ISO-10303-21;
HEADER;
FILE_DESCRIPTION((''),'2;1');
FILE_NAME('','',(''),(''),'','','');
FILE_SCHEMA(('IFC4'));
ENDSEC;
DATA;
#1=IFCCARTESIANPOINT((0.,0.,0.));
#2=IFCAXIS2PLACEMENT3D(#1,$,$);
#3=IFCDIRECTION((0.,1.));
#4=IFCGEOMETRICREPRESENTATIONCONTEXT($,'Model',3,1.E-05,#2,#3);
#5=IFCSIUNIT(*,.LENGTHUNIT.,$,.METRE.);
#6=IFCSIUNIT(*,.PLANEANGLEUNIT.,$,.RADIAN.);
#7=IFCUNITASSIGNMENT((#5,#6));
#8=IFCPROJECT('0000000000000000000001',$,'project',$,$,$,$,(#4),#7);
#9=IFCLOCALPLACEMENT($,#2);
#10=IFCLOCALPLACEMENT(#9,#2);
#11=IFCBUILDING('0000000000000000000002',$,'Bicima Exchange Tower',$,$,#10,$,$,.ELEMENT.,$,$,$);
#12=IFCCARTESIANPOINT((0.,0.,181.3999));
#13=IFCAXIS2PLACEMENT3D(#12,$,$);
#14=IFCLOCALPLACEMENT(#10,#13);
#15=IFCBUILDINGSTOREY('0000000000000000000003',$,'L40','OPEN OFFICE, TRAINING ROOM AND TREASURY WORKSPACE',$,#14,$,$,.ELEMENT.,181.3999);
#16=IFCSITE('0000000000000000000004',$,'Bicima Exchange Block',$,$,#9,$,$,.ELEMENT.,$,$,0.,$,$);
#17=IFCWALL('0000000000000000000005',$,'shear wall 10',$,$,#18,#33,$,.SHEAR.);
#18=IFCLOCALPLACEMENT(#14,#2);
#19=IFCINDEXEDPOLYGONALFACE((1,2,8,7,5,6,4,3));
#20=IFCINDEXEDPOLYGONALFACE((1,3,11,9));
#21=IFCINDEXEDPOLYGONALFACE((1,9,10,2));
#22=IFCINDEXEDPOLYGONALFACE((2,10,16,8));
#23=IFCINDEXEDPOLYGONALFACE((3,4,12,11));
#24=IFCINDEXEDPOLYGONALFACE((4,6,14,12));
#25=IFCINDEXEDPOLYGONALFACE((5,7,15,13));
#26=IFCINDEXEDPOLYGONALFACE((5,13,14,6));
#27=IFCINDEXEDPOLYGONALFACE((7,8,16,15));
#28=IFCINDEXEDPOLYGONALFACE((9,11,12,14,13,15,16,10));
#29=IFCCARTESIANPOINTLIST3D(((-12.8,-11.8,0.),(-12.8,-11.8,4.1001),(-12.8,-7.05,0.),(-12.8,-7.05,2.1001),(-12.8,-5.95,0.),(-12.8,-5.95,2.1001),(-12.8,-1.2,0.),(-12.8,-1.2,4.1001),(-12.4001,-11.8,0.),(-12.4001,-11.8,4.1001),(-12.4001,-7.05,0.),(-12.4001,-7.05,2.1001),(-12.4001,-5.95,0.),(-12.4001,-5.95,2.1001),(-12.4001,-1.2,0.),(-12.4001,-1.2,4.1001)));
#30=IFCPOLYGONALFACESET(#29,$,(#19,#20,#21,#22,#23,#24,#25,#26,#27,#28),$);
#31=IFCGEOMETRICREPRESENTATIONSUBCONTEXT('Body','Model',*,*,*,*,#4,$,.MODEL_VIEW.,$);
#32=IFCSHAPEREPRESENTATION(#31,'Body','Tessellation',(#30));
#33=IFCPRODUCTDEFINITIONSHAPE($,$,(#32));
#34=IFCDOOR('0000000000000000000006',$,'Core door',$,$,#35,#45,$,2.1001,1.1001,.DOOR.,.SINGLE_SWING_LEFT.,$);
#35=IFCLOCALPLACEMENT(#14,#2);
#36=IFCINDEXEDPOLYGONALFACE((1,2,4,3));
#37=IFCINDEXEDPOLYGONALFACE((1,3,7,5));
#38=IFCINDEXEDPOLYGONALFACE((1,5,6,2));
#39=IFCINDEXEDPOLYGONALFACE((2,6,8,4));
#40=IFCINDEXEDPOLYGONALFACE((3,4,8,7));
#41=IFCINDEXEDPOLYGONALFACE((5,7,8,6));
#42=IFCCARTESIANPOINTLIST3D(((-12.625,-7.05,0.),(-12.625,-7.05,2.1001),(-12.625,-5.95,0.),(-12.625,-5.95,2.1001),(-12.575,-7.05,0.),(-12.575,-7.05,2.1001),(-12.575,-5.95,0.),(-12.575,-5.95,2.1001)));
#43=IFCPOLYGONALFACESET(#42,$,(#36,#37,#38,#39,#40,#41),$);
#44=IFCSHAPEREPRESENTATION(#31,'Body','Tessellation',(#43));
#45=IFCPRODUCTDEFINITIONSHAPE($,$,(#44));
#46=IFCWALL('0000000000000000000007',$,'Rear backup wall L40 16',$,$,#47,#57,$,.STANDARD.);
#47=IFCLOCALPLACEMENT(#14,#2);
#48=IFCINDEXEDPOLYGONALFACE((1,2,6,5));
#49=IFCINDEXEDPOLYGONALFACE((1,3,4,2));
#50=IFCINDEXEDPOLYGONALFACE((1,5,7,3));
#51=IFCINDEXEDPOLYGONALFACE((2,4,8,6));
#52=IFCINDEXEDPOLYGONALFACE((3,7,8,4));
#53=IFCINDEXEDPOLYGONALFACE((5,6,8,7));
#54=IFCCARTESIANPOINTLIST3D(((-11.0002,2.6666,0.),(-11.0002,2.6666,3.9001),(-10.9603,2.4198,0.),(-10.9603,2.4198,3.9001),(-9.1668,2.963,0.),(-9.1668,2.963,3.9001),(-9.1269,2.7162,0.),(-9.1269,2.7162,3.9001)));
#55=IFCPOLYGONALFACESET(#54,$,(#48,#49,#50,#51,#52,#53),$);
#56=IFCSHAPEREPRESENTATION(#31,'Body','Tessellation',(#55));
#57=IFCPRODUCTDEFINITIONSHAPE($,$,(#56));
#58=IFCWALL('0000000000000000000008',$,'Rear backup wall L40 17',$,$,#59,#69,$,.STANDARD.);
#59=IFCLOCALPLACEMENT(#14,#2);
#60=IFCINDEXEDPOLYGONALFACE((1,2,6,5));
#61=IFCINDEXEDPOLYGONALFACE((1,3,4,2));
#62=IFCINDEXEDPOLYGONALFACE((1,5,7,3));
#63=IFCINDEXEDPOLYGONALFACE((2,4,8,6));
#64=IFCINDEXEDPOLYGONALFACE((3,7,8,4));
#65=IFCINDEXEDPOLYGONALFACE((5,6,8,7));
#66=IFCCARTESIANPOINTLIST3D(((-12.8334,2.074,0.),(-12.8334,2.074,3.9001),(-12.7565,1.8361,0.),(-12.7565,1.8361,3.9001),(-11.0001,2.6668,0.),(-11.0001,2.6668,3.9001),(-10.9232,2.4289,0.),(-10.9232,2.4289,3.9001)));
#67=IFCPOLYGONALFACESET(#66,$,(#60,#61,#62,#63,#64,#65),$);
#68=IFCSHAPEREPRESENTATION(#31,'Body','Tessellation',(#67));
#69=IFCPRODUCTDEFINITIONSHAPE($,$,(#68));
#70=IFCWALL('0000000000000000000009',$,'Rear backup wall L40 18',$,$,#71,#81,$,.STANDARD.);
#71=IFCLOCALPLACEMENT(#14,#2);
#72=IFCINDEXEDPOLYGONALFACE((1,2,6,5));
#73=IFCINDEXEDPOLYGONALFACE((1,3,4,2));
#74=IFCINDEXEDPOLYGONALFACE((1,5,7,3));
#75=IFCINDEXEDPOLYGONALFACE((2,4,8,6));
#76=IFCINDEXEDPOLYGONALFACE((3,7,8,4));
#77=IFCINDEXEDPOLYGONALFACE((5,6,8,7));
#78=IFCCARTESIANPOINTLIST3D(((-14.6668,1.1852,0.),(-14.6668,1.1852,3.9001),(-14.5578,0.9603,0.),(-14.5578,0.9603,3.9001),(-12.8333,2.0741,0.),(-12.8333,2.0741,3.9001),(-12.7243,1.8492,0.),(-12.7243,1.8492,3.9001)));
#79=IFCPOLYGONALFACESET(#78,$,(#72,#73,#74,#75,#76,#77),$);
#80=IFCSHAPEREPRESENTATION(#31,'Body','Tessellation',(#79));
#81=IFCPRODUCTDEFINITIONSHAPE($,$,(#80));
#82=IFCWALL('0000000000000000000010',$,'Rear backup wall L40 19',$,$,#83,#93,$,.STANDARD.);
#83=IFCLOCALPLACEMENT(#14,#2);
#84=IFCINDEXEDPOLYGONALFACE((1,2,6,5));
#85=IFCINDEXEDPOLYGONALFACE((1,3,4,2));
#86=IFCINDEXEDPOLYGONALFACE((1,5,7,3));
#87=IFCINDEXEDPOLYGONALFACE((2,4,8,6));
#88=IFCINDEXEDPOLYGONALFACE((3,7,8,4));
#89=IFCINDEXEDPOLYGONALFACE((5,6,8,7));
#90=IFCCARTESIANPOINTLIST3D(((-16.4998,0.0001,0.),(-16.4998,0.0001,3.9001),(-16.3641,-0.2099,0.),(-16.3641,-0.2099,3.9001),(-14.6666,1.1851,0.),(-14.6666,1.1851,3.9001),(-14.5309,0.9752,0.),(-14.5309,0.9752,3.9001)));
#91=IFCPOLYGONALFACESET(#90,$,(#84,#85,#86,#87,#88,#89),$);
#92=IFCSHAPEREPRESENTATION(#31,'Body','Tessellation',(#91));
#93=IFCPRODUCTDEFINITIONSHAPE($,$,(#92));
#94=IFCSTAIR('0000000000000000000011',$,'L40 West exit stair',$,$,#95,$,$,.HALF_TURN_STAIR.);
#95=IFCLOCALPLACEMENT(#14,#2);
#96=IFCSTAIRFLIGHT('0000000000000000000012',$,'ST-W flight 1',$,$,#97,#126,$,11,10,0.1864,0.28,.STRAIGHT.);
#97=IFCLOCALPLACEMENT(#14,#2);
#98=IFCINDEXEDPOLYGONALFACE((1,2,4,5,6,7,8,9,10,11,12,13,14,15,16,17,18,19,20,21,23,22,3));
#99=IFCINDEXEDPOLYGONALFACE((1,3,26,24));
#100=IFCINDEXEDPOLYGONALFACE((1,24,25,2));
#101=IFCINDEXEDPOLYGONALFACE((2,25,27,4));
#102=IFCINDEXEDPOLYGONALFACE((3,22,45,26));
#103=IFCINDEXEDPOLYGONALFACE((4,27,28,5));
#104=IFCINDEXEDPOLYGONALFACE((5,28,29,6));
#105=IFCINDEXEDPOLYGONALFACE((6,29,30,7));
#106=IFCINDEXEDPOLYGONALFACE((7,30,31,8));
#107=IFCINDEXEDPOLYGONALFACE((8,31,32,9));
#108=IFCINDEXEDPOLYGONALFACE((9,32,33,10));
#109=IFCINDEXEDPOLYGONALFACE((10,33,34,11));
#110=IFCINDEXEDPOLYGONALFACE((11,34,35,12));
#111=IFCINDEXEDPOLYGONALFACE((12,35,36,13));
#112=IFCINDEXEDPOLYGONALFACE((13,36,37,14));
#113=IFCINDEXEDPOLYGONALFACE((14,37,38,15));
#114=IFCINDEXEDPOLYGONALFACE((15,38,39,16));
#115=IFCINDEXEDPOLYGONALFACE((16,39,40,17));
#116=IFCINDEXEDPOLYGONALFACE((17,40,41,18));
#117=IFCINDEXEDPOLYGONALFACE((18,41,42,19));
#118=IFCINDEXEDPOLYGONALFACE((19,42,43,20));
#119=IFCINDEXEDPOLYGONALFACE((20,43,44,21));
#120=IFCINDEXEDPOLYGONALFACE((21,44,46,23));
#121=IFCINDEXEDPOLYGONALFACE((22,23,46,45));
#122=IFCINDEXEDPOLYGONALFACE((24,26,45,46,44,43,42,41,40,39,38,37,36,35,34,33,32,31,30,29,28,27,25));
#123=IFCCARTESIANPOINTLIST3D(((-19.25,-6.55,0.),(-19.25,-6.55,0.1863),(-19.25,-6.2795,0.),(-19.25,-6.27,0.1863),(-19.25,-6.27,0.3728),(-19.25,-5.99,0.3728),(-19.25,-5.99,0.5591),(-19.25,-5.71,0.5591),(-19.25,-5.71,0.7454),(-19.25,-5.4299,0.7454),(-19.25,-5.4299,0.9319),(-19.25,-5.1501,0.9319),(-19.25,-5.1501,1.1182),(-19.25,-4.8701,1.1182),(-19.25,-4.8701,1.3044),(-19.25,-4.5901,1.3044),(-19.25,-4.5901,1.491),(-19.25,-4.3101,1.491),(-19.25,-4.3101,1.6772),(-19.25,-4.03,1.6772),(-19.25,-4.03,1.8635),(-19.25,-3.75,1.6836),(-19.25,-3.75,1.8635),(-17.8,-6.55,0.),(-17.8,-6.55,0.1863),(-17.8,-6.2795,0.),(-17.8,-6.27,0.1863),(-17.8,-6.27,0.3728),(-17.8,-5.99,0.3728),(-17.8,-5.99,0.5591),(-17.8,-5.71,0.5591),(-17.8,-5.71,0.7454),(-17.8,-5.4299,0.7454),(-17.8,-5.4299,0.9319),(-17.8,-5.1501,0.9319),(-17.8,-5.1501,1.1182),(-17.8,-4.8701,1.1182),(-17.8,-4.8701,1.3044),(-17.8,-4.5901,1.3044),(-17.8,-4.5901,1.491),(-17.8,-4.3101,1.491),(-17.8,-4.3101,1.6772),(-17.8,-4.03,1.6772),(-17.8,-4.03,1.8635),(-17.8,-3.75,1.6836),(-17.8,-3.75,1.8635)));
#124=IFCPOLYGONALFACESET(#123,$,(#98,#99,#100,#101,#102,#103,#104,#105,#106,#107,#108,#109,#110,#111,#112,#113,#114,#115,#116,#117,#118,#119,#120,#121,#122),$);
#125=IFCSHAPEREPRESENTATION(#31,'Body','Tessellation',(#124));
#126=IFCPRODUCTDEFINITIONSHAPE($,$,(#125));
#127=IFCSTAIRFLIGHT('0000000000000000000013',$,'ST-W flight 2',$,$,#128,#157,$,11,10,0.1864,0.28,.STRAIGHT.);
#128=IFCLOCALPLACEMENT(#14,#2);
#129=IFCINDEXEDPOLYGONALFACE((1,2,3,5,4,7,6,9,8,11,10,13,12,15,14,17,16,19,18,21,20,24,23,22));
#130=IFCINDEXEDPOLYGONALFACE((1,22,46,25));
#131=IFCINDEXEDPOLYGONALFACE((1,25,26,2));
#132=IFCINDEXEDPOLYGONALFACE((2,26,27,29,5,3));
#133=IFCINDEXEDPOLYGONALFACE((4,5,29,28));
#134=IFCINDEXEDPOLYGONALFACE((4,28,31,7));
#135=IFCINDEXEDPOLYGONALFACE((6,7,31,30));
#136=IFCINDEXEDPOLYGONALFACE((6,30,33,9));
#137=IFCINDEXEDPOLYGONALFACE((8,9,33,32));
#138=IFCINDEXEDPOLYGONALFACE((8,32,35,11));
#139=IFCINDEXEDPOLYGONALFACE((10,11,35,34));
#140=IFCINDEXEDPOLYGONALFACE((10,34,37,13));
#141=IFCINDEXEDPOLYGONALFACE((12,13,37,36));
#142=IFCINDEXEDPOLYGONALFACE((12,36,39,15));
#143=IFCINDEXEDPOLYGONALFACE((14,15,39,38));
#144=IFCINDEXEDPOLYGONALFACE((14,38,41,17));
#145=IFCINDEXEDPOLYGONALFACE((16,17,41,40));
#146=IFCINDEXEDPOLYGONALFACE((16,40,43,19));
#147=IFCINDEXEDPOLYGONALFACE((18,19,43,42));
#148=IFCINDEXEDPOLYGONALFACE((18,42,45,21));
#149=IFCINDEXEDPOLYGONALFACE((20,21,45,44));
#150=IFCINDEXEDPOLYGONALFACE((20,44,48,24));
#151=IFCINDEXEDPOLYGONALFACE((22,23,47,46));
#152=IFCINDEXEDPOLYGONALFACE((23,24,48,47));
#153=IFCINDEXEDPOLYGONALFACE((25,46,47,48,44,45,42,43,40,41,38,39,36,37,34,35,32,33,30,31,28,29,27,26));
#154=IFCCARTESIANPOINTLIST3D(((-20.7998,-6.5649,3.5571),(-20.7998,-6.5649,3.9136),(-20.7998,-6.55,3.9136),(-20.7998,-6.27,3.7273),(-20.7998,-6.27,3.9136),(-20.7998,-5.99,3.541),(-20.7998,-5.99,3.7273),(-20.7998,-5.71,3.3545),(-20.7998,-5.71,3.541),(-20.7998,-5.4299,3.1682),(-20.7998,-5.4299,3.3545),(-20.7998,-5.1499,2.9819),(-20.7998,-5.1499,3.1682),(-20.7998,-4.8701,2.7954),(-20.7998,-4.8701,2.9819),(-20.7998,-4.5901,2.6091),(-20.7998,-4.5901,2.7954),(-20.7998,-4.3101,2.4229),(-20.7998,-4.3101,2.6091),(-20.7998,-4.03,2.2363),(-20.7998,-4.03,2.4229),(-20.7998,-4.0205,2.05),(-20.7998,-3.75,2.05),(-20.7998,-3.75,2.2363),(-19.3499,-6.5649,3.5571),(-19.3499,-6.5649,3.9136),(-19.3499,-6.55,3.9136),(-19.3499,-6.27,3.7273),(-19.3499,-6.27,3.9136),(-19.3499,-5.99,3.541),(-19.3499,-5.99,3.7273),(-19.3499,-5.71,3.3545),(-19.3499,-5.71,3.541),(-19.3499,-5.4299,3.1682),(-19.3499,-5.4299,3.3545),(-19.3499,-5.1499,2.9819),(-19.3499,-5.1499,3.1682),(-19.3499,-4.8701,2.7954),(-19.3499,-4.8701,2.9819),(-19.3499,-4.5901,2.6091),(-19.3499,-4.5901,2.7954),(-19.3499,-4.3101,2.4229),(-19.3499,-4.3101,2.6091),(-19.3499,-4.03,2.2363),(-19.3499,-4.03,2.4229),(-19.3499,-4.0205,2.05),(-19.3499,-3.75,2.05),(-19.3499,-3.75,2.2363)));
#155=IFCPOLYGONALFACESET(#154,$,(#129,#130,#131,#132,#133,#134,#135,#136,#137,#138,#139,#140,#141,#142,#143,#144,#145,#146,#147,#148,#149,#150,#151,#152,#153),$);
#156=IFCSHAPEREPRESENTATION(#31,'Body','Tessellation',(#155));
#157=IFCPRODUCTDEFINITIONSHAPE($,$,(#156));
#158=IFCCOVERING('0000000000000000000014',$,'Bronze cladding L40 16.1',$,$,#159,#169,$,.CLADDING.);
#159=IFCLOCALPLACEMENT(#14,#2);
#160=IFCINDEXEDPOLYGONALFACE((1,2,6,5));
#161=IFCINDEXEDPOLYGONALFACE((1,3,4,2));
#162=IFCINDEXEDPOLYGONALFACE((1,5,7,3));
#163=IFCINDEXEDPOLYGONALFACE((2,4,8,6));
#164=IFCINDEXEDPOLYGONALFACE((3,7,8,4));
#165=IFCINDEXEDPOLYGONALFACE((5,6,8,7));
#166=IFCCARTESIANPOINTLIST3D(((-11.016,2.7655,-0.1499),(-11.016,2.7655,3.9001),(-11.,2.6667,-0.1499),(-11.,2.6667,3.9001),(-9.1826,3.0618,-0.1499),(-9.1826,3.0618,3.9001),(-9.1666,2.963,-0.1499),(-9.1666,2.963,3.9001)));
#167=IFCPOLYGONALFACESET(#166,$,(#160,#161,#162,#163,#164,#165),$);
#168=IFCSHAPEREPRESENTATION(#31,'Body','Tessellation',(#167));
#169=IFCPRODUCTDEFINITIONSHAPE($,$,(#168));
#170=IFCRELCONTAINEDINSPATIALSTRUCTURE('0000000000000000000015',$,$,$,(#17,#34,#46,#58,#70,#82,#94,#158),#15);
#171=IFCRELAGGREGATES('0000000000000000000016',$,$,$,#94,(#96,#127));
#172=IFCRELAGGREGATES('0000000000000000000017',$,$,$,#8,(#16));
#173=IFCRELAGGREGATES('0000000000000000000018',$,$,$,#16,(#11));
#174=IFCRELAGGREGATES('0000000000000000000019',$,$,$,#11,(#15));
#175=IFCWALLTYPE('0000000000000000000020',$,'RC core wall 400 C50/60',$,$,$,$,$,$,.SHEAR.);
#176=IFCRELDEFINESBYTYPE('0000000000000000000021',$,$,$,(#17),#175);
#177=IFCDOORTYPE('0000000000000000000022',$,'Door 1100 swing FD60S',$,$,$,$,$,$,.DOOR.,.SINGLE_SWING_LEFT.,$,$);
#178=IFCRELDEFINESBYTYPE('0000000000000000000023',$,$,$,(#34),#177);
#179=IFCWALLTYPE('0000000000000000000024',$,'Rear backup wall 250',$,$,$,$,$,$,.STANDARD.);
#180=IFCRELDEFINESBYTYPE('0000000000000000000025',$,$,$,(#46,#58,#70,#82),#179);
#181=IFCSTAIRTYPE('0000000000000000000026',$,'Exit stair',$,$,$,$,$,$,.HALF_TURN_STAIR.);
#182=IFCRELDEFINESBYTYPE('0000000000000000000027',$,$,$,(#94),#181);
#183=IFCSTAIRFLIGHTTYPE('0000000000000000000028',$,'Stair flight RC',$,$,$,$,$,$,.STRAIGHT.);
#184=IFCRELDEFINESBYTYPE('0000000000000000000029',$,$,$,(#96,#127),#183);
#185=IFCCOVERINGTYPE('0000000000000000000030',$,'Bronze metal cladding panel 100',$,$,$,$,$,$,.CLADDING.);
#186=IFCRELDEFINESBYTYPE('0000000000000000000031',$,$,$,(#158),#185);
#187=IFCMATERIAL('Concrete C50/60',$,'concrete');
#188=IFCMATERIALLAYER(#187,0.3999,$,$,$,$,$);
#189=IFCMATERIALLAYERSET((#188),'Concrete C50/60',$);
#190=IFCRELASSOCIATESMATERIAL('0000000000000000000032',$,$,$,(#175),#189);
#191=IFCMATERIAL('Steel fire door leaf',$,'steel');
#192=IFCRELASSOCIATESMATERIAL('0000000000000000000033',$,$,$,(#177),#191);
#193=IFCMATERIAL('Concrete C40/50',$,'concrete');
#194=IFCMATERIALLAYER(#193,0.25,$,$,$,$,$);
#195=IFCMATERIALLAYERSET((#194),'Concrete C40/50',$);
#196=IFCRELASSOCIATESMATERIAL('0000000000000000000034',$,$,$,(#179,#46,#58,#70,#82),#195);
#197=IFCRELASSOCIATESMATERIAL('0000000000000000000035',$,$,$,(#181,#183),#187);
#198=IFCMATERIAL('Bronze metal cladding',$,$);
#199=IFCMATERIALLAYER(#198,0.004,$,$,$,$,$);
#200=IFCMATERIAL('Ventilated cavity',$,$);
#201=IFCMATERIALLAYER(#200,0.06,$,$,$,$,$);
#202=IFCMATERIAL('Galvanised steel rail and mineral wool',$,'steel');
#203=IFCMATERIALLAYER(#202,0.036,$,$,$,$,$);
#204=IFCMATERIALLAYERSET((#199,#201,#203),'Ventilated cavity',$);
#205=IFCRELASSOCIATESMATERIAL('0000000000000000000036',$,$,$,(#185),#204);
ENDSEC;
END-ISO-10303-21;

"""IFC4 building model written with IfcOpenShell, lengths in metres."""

from ifc_helpers import new_model, si_unit, direction, frame, frame_2d, origin, origin_2d, place, context, subcontext, project, spatial, polyline, rectangle, outline, extrude, material, layer, layer_set, layer_usage, type_object, element, fill, aggregate, save


model = new_model("IFC4")

# Units and contexts
model_context = context("Model", 3, precision=1e-05, world=origin(), true_north=direction((0.0, 1.0)))
body_context = subcontext(model_context, "Body", "Model", "MODEL_VIEW")
ifc_project = project(units=[si_unit("LENGTHUNIT", "METRE"), si_unit("PLANEANGLEUNIT", "RADIAN")], contexts=[model_context])

# Site, building, storey
site_placement = place(None, origin())
site = spatial("IfcSite", under=ifc_project, at=site_placement, Name="Bicima Exchange Block", CompositionType="ELEMENT", RefElevation=0.0)
building_placement = place(site_placement, origin())
building = spatial("IfcBuilding", under=site, at=building_placement, Name="Bicima Exchange Tower", CompositionType="ELEMENT")
storey_placement = place(building_placement, frame((0.0, 0.0, 181.3999)))
storey = spatial("IfcBuildingStorey", under=building, at=storey_placement, Name="L40", Description="OPEN OFFICE, TRAINING ROOM AND TREASURY WORKSPACE", CompositionType="ELEMENT", Elevation=181.3999)

# Shared definitions
ifc_material_1 = material(Name="Concrete C50/60", Category="concrete")
ifc_layer_1 = layer(ifc_material_1, 0.3999)
ifc_layer_set_1 = layer_set([ifc_layer_1], Name="Concrete C50/60")
wall_type_1 = type_object("IfcWallType", Name="RC core wall 400 C50/60", PredefinedType="SHEAR", material=ifc_layer_set_1)
ifc_material_2 = material(Name="Steel fire door leaf", Category="steel")
door_type_1 = type_object("IfcDoorType", Name="Door 1100 swing FD60S", OperationType="SINGLE_SWING_LEFT", PredefinedType="DOOR", material=ifc_material_2)

# Wall, opening, door
wall_1_placement = place(storey_placement, frame((-12.6001, -11.8, 0.0), z_axis=(0.0, 0.0, 1.0), x_axis=(0.0, 1.0, 0.0)))
wall_1 = element("IfcWall", 1, at=wall_1_placement, inside=storey, type_object=wall_type_1, Name="shear wall 10", PredefinedType="SHEAR", context=body_context, shape_type="SweptSolid", body=[
    extrude(rectangle(XDim=10.6001, YDim=0.3999, at=frame_2d((5.3, 0.0))), origin(), (0.0, 0.0, 1.0), 4.1001),
])
opening_1_placement = place(wall_1_placement, frame((4.75, 0.0, 0.0)))
opening_1 = element("IfcOpeningElement", 2, at=opening_1_placement, cuts=wall_1, PredefinedType="OPENING", context=body_context, shape_type="SweptSolid", body=[
    extrude(rectangle(XDim=1.1001, YDim=2.1001, at=frame_2d((0.55, 1.05))), frame((0.0, 0.2119, 0.0), z_axis=(0.0, -1.0, 0.0), x_axis=(1.0, 0.0, 0.0)), (0.0, 0.0, 1.0), 0.4238),
])
door_1_placement = place(opening_1_placement, origin())
door_1 = element("IfcDoor", 3, at=door_1_placement, inside=storey, type_object=door_type_1, Name="Core door", OperationType="SINGLE_SWING_LEFT", OverallHeight=2.1001, OverallWidth=1.1001, PredefinedType="DOOR", context=body_context, shape_type="SweptSolid", body=[
    extrude(rectangle(XDim=1.1001, YDim=2.1001, at=frame_2d((0.55, 1.05))), frame((0.0, 0.0249, 0.0), z_axis=(0.0, -1.0, 0.0), x_axis=(1.0, 0.0, 0.0)), (0.0, 0.0, 1.0), 0.05),
])
fill(opening_1, door_1)

# Walls
ifc_material_3 = material(Name="Concrete C40/50", Category="concrete")
ifc_layer_2 = layer(ifc_material_3, 0.25)
ifc_layer_set_2 = layer_set([ifc_layer_2], Name="Concrete C40/50")
ifc_layer_usage = layer_usage(ifc_layer_set_2, "AXIS2", "POSITIVE", -0.125)
wall_type_2 = type_object("IfcWallType", Name="Rear backup wall 250", PredefinedType="STANDARD", material=ifc_layer_set_2)
wall_2_placement = place(storey_placement, frame((-9.1467, 2.8396, 0.0), z_axis=(0.0, 0.0, 1.0), x_axis=(-0.987182, -0.1596, 0.0)))
element("IfcWall", 4, at=wall_2_placement, inside=storey, type_object=wall_type_2, material=ifc_layer_usage, Name="Rear backup wall L40 16", PredefinedType="STANDARD", context=body_context, shape_type="SweptSolid", body=[
    extrude(rectangle(XDim=1.8572, YDim=0.25, at=frame_2d((0.9287, 0.0))), origin(), (0.0, 0.0, 1.0), 3.9001),
])
wall_3_placement = place(storey_placement, frame((-10.9617, 2.5479, 0.0), z_axis=(0.0, 0.0, 1.0), x_axis=(-0.951496, -0.307662, 0.0)))
element("IfcWall", 5, at=wall_3_placement, inside=storey, type_object=wall_type_2, material=ifc_layer_usage, Name="Rear backup wall L40 17", PredefinedType="STANDARD", context=body_context, shape_type="SweptSolid", body=[
    extrude(rectangle(XDim=1.9268, YDim=0.25, at=frame_2d((0.9634, 0.0))), origin(), (0.0, 0.0, 1.0), 3.9001),
])
wall_4_placement = place(storey_placement, frame((-12.7788, 1.9617, 0.0), z_axis=(0.0, 0.0, 1.0), x_axis=(-0.899824, -0.436253, 0.0)))
element("IfcWall", 6, at=wall_4_placement, inside=storey, type_object=wall_type_2, material=ifc_layer_usage, Name="Rear backup wall L40 18", PredefinedType="STANDARD", context=body_context, shape_type="SweptSolid", body=[
    extrude(rectangle(XDim=2.0376, YDim=0.25, at=frame_2d((1.0188, 0.0))), origin(), (0.0, 0.0, 1.0), 3.9001),
])
wall_5_placement = place(storey_placement, frame((-14.5989, 1.0801, 0.0), z_axis=(0.0, 0.0, 1.0), x_axis=(-0.839813, -0.542876, 0.0)))
element("IfcWall", 7, at=wall_5_placement, inside=storey, type_object=wall_type_2, material=ifc_layer_usage, Name="Rear backup wall L40 19", PredefinedType="STANDARD", context=body_context, shape_type="SweptSolid", body=[
    extrude(rectangle(XDim=2.1829, YDim=0.25, at=frame_2d((1.0913, 0.0))), origin(), (0.0, 0.0, 1.0), 3.9001),
])

# Stair, stair flights
stair_type = type_object("IfcStairType", Name="Exit stair", PredefinedType="HALF_TURN_STAIR", material=ifc_material_1)
stair_placement = place(storey_placement, origin())
stair = element("IfcStair", 8, at=stair_placement, inside=storey, type_object=stair_type, Name="L40 West exit stair", PredefinedType="HALF_TURN_STAIR")
stair_flight_type = type_object("IfcStairFlightType", Name="Stair flight RC", PredefinedType="STRAIGHT", material=ifc_material_1)
stair_flight_1_placement = place(storey_placement, frame((-18.5249, -6.55, 0.0), z_axis=(0.0, 0.0, 1.0), x_axis=(0.0, 1.0, 0.0)))
stair_flight_1 = element("IfcStairFlight", 9, at=stair_flight_1_placement, type_object=stair_flight_type, Name="ST-W flight 1", NumberOfRisers=11, NumberOfTreads=10, PredefinedType="STRAIGHT", RiserHeight=0.1864, TreadLength=0.28, context=body_context, shape_type="SweptSolid", body=[
    extrude(outline(polyline([(0.0, 0.0), (0.0, 0.1863), (0.28, 0.1863), (0.28, 0.3728), (0.5601, 0.3728), (0.5601, 0.5591), (0.8401, 0.5591), (0.8401, 0.7454), (1.1201, 0.7454), (1.1201, 0.9319), (1.3999, 0.9319), (1.3999, 1.1182), (1.6799, 1.1182), (1.6799, 1.3044), (1.96, 1.3044), (1.96, 1.491), (2.24, 1.491), (2.24, 1.6772), (2.52, 1.6772), (2.52, 1.8635), (2.8, 1.8635), (2.8, 2.05), (2.8, 1.6836), (0.2705, 0.0), (0.0, 0.0)])), frame((0.0, 0.7251, 0.0), z_axis=(0.0, -1.0, 0.0), x_axis=(1.0, 0.0, 0.0)), (0.0, 0.0, 1.0), 1.45),
])
stair_flight_2_placement = place(storey_placement, frame((-20.075, -3.75, 2.05), z_axis=(0.0, 0.0, 1.0), x_axis=(0.0, -1.0, 0.0)))
stair_flight_2 = element("IfcStairFlight", 10, at=stair_flight_2_placement, type_object=stair_flight_type, Name="ST-W flight 2", NumberOfRisers=11, NumberOfTreads=10, PredefinedType="STRAIGHT", RiserHeight=0.1864, TreadLength=0.28, context=body_context, shape_type="SweptSolid", body=[
    extrude(outline(polyline([(0.0, 0.0), (0.0, 0.1863), (0.28, 0.1863), (0.28, 0.3728), (0.5601, 0.3728), (0.5601, 0.5591), (0.8401, 0.5591), (0.8401, 0.7454), (1.1201, 0.7454), (1.1201, 0.9319), (1.3999, 0.9319), (1.3999, 1.1182), (1.6799, 1.1182), (1.6799, 1.3044), (1.96, 1.3044), (1.96, 1.491), (2.24, 1.491), (2.24, 1.6772), (2.52, 1.6772), (2.52, 1.8635), (2.8, 1.8635), (2.8149, 1.8635), (2.8149, 1.5071), (0.2705, 0.0), (0.0, 0.0)])), frame((0.0, 0.7251, 0.0), z_axis=(0.0, -1.0, 0.0), x_axis=(1.0, 0.0, 0.0)), (0.0, 0.0, 1.0), 1.45),
])
aggregate(stair, [stair_flight_1, stair_flight_2])

# Covering
ifc_material_4 = material(Name="Bronze metal cladding")
ifc_layer_3 = layer(ifc_material_4, 0.004)
ifc_material_5 = material(Name="Ventilated cavity")
ifc_layer_4 = layer(ifc_material_5, 0.06)
ifc_material_6 = material(Name="Galvanised steel rail and mineral wool", Category="steel")
ifc_layer_5 = layer(ifc_material_6, 0.036)
ifc_layer_set_3 = layer_set([ifc_layer_3, ifc_layer_4, ifc_layer_5], Name="Ventilated cavity")
covering_type = type_object("IfcCoveringType", Name="Bronze metal cladding panel 100", PredefinedType="CLADDING", material=ifc_layer_set_3)
covering_1_placement = place(storey_placement, frame((-10.0913, 2.8643, -0.1499), z_axis=(0.0, 0.0, 1.0), x_axis=(-0.98719, -0.15955, 0.0)))
element("IfcCovering", 11, at=covering_1_placement, inside=storey, type_object=covering_type, Name="Bronze cladding L40 16.1", PredefinedType="CLADDING", context=body_context, shape_type="SweptSolid", body=[
    extrude(rectangle(XDim=1.8572, YDim=0.1001, at=origin_2d()), origin(), (0.0, 0.0, 1.0), 4.05),
])

save(model, "model.ifc")
